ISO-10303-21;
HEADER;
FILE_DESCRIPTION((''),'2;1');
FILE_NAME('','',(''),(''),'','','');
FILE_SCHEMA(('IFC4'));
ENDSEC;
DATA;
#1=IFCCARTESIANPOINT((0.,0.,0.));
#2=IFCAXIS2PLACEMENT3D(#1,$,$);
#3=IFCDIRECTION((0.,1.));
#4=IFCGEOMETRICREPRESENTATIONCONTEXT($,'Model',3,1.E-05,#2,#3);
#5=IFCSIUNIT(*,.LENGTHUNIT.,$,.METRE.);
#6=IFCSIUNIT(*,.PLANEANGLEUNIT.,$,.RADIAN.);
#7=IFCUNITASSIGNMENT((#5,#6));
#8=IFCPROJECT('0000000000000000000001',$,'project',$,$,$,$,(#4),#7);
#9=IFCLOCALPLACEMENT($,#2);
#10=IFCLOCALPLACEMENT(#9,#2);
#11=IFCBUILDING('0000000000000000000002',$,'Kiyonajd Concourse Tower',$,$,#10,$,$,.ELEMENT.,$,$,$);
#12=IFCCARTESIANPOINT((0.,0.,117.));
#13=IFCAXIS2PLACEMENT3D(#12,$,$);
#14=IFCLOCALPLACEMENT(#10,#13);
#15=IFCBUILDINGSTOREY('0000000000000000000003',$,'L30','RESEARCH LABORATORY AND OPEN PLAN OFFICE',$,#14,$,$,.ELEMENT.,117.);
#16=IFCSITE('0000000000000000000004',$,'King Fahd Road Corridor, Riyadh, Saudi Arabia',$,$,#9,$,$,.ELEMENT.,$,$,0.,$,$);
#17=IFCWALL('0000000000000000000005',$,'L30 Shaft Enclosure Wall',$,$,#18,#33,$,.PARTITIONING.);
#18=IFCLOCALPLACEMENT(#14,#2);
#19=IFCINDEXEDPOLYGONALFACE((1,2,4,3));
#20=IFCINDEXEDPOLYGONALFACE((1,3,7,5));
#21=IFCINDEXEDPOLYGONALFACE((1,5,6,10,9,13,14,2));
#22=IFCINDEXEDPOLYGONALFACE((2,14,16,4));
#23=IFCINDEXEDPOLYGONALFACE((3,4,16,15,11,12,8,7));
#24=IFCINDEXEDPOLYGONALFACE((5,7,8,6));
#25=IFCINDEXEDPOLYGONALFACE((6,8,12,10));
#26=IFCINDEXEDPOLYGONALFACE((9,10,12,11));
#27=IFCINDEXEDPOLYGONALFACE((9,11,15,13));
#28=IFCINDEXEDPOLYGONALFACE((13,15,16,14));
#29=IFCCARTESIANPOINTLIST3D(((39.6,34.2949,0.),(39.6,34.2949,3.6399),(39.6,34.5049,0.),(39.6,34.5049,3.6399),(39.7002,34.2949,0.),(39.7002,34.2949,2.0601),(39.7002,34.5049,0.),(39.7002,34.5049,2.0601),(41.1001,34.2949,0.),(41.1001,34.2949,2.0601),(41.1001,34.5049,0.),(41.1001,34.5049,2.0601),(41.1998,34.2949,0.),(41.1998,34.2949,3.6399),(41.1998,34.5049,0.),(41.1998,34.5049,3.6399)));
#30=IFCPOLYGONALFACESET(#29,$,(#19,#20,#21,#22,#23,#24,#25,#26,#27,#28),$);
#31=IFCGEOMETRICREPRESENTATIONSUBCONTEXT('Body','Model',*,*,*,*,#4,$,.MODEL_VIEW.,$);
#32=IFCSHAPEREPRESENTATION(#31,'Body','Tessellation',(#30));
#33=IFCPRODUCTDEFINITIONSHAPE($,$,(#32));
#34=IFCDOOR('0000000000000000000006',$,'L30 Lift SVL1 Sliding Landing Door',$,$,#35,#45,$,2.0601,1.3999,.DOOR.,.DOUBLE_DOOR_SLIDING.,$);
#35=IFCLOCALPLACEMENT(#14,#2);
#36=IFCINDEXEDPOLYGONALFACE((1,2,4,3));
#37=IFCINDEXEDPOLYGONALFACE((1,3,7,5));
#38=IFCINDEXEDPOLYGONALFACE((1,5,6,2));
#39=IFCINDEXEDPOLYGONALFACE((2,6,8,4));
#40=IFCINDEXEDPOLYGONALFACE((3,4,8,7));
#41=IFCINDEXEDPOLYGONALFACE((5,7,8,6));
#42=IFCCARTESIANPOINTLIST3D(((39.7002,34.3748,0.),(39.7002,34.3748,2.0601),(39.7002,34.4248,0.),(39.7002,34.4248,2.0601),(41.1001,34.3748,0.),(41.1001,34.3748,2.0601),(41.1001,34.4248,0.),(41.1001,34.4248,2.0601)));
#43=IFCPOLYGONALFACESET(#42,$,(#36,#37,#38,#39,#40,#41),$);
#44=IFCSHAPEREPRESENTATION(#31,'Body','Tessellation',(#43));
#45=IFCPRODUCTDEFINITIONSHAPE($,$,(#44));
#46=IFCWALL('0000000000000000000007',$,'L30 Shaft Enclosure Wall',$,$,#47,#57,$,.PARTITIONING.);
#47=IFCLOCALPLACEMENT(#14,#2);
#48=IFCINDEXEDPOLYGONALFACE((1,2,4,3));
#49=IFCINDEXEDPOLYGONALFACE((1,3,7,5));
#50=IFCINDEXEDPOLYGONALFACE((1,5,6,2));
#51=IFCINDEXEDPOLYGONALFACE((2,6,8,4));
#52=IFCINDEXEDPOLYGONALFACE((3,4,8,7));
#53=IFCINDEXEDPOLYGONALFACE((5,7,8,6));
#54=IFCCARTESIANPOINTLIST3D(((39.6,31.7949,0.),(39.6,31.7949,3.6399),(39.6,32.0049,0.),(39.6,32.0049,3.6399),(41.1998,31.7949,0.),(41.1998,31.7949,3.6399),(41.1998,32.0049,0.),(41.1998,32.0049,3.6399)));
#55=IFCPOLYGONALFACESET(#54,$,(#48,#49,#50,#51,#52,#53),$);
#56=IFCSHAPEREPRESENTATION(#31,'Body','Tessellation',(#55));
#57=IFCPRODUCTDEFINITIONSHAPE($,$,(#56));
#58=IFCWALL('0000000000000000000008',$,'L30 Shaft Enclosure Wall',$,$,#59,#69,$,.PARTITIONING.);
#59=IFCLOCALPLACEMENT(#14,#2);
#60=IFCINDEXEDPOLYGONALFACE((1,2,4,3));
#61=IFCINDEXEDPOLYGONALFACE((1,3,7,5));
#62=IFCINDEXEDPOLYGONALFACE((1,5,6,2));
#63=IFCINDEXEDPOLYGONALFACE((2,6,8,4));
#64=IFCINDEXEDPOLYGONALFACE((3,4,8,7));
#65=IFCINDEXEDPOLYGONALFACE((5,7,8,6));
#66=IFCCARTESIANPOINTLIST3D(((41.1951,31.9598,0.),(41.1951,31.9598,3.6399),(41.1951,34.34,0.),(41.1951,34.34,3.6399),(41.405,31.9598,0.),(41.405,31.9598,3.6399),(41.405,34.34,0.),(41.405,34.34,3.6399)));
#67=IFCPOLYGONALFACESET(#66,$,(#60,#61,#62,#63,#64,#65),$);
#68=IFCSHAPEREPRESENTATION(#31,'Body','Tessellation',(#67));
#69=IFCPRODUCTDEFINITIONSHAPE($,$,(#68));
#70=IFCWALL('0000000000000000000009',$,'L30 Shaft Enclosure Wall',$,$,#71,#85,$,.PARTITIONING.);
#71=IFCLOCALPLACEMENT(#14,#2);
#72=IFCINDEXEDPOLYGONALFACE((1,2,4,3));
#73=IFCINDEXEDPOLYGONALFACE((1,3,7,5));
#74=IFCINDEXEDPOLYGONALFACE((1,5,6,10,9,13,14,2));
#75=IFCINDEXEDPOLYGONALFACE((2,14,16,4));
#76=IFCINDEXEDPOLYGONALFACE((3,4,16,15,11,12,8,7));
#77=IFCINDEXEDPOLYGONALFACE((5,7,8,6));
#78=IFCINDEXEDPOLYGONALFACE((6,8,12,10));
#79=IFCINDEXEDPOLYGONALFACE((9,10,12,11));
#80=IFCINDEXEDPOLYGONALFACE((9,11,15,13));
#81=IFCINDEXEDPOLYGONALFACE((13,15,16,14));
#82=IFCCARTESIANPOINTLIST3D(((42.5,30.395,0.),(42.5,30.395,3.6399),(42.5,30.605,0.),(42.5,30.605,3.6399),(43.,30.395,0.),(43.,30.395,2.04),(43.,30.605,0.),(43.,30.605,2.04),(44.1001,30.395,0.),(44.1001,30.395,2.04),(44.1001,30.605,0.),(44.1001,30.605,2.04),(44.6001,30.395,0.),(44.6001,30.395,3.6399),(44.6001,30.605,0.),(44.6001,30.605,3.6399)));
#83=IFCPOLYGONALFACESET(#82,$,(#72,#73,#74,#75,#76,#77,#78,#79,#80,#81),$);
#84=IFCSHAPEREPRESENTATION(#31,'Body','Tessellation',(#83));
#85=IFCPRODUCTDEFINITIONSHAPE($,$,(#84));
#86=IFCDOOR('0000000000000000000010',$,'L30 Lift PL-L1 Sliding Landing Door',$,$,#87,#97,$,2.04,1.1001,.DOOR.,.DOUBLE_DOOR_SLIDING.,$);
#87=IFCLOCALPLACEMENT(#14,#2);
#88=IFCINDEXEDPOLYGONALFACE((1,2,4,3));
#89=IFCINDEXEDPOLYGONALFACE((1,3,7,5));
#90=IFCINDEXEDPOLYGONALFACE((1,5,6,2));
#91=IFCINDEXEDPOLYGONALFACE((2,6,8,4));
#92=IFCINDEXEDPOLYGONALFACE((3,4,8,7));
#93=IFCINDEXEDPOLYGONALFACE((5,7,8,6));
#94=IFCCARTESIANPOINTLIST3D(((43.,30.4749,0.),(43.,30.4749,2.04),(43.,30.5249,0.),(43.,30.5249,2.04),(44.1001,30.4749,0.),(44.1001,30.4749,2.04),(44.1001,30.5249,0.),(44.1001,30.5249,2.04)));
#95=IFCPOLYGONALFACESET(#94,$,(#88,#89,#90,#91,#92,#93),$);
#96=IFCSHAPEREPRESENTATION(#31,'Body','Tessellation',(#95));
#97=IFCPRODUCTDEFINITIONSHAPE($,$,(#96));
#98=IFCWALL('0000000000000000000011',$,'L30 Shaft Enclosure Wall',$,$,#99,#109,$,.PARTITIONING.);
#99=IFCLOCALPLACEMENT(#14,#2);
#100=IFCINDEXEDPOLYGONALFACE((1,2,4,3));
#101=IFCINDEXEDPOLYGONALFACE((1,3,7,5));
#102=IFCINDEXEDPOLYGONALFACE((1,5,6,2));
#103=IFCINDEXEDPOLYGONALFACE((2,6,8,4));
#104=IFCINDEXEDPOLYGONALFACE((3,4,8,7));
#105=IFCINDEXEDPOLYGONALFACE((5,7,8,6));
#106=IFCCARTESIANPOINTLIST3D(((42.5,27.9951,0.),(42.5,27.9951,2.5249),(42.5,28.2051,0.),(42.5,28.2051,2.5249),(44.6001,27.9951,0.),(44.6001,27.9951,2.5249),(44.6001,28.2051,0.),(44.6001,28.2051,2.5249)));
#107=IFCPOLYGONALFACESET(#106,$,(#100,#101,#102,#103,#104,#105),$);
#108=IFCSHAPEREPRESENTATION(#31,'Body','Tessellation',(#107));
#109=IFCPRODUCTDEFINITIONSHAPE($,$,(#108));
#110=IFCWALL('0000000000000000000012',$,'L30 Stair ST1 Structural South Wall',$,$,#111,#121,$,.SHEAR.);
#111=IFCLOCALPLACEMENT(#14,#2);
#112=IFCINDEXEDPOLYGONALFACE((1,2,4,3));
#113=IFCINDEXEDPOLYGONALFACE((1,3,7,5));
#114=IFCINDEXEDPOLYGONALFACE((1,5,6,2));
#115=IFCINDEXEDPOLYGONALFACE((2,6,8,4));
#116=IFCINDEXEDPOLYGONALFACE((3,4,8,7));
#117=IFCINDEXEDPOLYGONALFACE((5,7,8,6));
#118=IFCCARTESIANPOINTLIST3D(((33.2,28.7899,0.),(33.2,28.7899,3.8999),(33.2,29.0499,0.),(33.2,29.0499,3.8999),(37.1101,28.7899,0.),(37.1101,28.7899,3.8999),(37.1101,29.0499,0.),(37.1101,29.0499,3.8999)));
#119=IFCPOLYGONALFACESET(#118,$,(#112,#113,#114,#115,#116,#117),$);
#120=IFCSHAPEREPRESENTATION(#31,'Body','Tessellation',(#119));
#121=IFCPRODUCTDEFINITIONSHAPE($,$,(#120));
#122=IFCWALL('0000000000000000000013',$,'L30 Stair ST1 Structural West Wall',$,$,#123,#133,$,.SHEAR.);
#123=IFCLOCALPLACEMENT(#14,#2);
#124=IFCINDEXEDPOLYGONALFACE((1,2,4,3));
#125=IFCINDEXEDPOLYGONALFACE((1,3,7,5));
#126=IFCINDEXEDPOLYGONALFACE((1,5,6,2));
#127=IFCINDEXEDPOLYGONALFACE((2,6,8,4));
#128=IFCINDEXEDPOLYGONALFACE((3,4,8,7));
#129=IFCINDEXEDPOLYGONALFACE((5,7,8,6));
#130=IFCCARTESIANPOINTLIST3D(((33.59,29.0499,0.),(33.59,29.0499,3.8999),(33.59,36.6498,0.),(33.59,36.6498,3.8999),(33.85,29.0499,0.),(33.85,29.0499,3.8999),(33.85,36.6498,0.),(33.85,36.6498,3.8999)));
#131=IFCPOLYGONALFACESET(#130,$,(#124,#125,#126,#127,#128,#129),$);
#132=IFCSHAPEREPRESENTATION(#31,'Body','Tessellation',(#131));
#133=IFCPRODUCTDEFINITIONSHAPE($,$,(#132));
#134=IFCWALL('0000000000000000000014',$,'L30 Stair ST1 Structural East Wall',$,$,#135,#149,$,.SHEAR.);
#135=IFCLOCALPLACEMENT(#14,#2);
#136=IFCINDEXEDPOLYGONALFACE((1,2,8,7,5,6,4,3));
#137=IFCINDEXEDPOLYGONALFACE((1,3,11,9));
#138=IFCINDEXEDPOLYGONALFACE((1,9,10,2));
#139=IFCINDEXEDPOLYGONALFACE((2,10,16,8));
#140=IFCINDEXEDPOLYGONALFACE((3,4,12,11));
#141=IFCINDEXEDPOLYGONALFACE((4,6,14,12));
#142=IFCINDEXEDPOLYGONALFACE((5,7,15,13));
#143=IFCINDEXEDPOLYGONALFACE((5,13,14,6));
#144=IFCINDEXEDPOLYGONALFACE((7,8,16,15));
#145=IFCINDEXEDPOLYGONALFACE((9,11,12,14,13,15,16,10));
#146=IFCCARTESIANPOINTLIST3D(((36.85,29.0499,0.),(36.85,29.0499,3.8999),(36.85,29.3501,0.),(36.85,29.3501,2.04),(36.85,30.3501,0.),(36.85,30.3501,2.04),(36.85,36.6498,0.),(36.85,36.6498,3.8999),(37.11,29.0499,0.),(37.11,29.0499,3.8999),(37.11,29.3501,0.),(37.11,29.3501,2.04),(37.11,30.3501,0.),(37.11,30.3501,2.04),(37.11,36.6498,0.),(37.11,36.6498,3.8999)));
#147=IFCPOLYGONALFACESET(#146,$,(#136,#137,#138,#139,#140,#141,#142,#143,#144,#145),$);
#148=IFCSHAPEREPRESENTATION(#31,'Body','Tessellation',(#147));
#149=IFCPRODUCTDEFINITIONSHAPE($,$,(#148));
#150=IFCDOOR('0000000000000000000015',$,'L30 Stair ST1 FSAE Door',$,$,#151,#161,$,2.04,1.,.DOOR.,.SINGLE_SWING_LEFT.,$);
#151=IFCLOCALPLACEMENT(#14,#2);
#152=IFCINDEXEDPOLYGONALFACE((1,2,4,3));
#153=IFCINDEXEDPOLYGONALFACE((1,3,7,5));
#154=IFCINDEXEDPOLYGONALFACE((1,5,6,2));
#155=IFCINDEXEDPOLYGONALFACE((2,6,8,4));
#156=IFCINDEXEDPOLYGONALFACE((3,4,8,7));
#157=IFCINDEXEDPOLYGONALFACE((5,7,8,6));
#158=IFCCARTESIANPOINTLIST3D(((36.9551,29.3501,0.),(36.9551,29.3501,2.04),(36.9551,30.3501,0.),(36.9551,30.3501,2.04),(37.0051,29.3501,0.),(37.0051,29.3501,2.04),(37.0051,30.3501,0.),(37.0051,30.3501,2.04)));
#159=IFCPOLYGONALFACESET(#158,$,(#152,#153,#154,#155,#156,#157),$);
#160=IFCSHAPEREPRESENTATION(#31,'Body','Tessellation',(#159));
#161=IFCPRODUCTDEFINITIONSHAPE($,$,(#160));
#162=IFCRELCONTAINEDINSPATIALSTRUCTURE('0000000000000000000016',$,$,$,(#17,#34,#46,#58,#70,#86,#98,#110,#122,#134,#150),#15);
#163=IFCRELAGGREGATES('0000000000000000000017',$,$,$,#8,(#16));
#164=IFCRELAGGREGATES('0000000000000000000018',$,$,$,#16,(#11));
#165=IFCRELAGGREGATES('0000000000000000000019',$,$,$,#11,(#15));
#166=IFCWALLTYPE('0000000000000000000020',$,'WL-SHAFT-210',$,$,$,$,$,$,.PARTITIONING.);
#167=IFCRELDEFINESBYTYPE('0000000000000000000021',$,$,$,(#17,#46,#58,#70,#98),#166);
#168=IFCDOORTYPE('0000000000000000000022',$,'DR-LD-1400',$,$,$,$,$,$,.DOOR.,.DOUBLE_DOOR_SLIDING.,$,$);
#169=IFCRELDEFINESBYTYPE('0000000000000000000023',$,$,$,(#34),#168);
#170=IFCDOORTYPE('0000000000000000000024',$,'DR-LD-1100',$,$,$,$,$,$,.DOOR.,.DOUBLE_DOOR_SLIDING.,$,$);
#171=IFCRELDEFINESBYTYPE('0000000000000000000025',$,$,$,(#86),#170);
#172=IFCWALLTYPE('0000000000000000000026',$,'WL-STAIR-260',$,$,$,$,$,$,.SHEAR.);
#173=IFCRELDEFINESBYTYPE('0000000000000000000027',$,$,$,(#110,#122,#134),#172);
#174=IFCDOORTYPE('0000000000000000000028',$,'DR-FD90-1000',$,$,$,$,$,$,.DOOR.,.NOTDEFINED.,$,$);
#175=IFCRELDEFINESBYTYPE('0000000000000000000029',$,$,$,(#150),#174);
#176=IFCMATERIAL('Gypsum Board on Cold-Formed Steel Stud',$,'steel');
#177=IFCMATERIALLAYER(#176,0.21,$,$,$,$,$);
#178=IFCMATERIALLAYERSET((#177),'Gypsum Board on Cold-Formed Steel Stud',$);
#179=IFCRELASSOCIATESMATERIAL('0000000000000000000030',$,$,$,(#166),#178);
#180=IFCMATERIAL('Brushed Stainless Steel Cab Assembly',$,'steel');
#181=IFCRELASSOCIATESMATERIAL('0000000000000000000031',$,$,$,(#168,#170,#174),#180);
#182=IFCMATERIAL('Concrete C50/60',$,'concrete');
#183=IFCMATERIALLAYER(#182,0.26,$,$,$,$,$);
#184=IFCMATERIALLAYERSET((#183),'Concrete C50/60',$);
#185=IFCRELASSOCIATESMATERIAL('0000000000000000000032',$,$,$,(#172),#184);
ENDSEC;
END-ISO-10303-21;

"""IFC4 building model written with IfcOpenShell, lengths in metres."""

from ifc_helpers import new_model, si_unit, direction, frame, frame_2d, origin, place, context, subcontext, project, spatial, rectangle, extrude, material, layer, layer_set, type_object, element, fill, save


model = new_model("IFC4")

# Units and contexts
model_context = context("Model", 3, precision=1e-05, world=origin(), true_north=direction((0.0, 1.0)))
body_context = subcontext(model_context, "Body", "Model", "MODEL_VIEW")
ifc_project = project(units=[si_unit("LENGTHUNIT", "METRE"), si_unit("PLANEANGLEUNIT", "RADIAN")], contexts=[model_context])

# Site, building, storey
site_placement = place(None, origin())
site = spatial("IfcSite", under=ifc_project, at=site_placement, Name="King Fahd Road Corridor, Riyadh, Saudi Arabia", CompositionType="ELEMENT", RefElevation=0.0)
building_placement = place(site_placement, origin())
building = spatial("IfcBuilding", under=site, at=building_placement, Name="Kiyonajd Concourse Tower", CompositionType="ELEMENT")
storey_placement = place(building_placement, frame((0.0, 0.0, 117.0)))
storey = spatial("IfcBuildingStorey", under=building, at=storey_placement, Name="L30", Description="RESEARCH LABORATORY AND OPEN PLAN OFFICE", CompositionType="ELEMENT", Elevation=117.0)

# Shared definitions
ifc_material_1 = material(Name="Concrete C50/60", Category="concrete")

# Shared definitions
ifc_material_2 = material(Name="Brushed Stainless Steel Cab Assembly", Category="steel")
ifc_material_3 = material(Name="Gypsum Board on Cold-Formed Steel Stud", Category="steel")
ifc_layer_1 = layer(ifc_material_3, 0.21)
ifc_layer_set_1 = layer_set([ifc_layer_1], Name="Gypsum Board on Cold-Formed Steel Stud")
wall_type_1 = type_object("IfcWallType", Name="WL-SHAFT-210", PredefinedType="PARTITIONING", material=ifc_layer_set_1)

# Wall, opening, door
wall_1_placement = place(storey_placement, frame((39.6001, 34.3999, 0.0), z_axis=(0.0, 0.0, 1.0), x_axis=(1.0, 0.0, 0.0)))
wall_1 = element("IfcWall", 1, at=wall_1_placement, inside=storey, type_object=wall_type_1, Name="L30 Shaft Enclosure Wall", PredefinedType="PARTITIONING", context=body_context, shape_type="SweptSolid", body=[
    extrude(rectangle(XDim=1.5999, YDim=0.21, at=frame_2d((0.7998, 0.0))), origin(), (0.0, 0.0, 1.0), 3.6399),
])
opening_1_placement = place(wall_1_placement, frame((0.1001, 0.0, 0.0)))
opening_1 = element("IfcOpeningElement", 2, at=opening_1_placement, cuts=wall_1, PredefinedType="OPENING", context=body_context, shape_type="SweptSolid", body=[
    extrude(rectangle(XDim=1.3999, YDim=2.0601, at=frame_2d((0.7, 1.03))), frame((0.0, 0.115, 0.0), z_axis=(0.0, -1.0, 0.0), x_axis=(1.0, 0.0, 0.0)), (0.0, 0.0, 1.0), 0.23),
])
door_type_1 = type_object("IfcDoorType", Name="DR-LD-1400", OperationType="DOUBLE_DOOR_SLIDING", PredefinedType="DOOR", material=ifc_material_2)
door_1_placement = place(opening_1_placement, origin())
door_1 = element("IfcDoor", 3, at=door_1_placement, inside=storey, type_object=door_type_1, Name="L30 Lift SVL1 Sliding Landing Door", OperationType="DOUBLE_DOOR_SLIDING", OverallHeight=2.0601, OverallWidth=1.3999, PredefinedType="DOOR", context=body_context, shape_type="SweptSolid", body=[
    extrude(rectangle(XDim=1.3999, YDim=2.0601, at=frame_2d((0.7, 1.03))), frame((0.0, 0.0249, 0.0), z_axis=(0.0, -1.0, 0.0), x_axis=(1.0, 0.0, 0.0)), (0.0, 0.0, 1.0), 0.05),
])
fill(opening_1, door_1)

# Walls
wall_2_placement = place(storey_placement, frame((39.6001, 31.8999, 0.0), z_axis=(0.0, 0.0, 1.0), x_axis=(1.0, 0.0, 0.0)))
element("IfcWall", 4, at=wall_2_placement, inside=storey, type_object=wall_type_1, Name="L30 Shaft Enclosure Wall", PredefinedType="PARTITIONING", context=body_context, shape_type="SweptSolid", body=[
    extrude(rectangle(XDim=1.5999, YDim=0.21, at=frame_2d((0.7998, 0.0))), origin(), (0.0, 0.0, 1.0), 3.6399),
])
wall_3_placement = place(storey_placement, frame((41.3, 31.96, 0.0), z_axis=(0.0, 0.0, 1.0), x_axis=(0.0, 1.0, 0.0)))
element("IfcWall", 5, at=wall_3_placement, inside=storey, type_object=wall_type_1, Name="L30 Shaft Enclosure Wall", PredefinedType="PARTITIONING", context=body_context, shape_type="SweptSolid", body=[
    extrude(rectangle(XDim=2.3801, YDim=0.21, at=frame_2d((1.1899, 0.0))), origin(), (0.0, 0.0, 1.0), 3.6399),
])

# Wall, opening, door
wall_4_placement = place(storey_placement, frame((42.5, 30.5, 0.0), z_axis=(0.0, 0.0, 1.0), x_axis=(1.0, 0.0, 0.0)))
wall_4 = element("IfcWall", 6, at=wall_4_placement, inside=storey, type_object=wall_type_1, Name="L30 Shaft Enclosure Wall", PredefinedType="PARTITIONING", context=body_context, shape_type="SweptSolid", body=[
    extrude(rectangle(XDim=2.1001, YDim=0.21, at=frame_2d((1.05, 0.0))), origin(), (0.0, 0.0, 1.0), 3.6399),
])
opening_2_placement = place(wall_4_placement, frame((0.5, 0.0, 0.0)))
opening_2 = element("IfcOpeningElement", 7, at=opening_2_placement, cuts=wall_4, PredefinedType="OPENING", context=body_context, shape_type="SweptSolid", body=[
    extrude(rectangle(XDim=1.1001, YDim=2.04, at=frame_2d((0.55, 1.02))), frame((0.0, 0.115, 0.0), z_axis=(0.0, -1.0, 0.0), x_axis=(1.0, 0.0, 0.0)), (0.0, 0.0, 1.0), 0.23),
])
door_type_2 = type_object("IfcDoorType", Name="DR-LD-1100", OperationType="DOUBLE_DOOR_SLIDING", PredefinedType="DOOR", material=ifc_material_2)
door_2_placement = place(opening_2_placement, origin())
door_2 = element("IfcDoor", 8, at=door_2_placement, inside=storey, type_object=door_type_2, Name="L30 Lift PL-L1 Sliding Landing Door", OperationType="DOUBLE_DOOR_SLIDING", OverallHeight=2.04, OverallWidth=1.1001, PredefinedType="DOOR", context=body_context, shape_type="SweptSolid", body=[
    extrude(rectangle(XDim=1.1001, YDim=2.04, at=frame_2d((0.55, 1.02))), frame((0.0, 0.0249, 0.0), z_axis=(0.0, -1.0, 0.0), x_axis=(1.0, 0.0, 0.0)), (0.0, 0.0, 1.0), 0.05),
])
fill(opening_2, door_2)

# Walls
wall_5_placement = place(storey_placement, frame((42.5, 28.1001, 0.0), z_axis=(0.0, 0.0, 1.0), x_axis=(1.0, 0.0, 0.0)))
element("IfcWall", 9, at=wall_5_placement, inside=storey, type_object=wall_type_1, Name="L30 Shaft Enclosure Wall", PredefinedType="PARTITIONING", context=body_context, shape_type="SweptSolid", body=[
    extrude(rectangle(XDim=2.1001, YDim=0.21, at=frame_2d((1.05, 0.0))), origin(), (0.0, 0.0, 1.0), 2.5249),
])
ifc_layer_2 = layer(ifc_material_1, 0.26)
ifc_layer_set_2 = layer_set([ifc_layer_2], Name="Concrete C50/60")
wall_type_2 = type_object("IfcWallType", Name="WL-STAIR-260", PredefinedType="SHEAR", material=ifc_layer_set_2)
wall_6_placement = place(storey_placement, frame((33.2, 28.9199, 0.0), z_axis=(0.0, 0.0, 1.0), x_axis=(1.0, 0.0, 0.0)))
element("IfcWall", 10, at=wall_6_placement, inside=storey, type_object=wall_type_2, Name="L30 Stair ST1 Structural South Wall", PredefinedType="SHEAR", context=body_context, shape_type="SweptSolid", body=[
    extrude(rectangle(XDim=3.9102, YDim=0.26, at=frame_2d((1.9551, 0.0))), origin(), (0.0, 0.0, 1.0), 3.8999),
])
wall_7_placement = place(storey_placement, frame((33.72, 29.05, 0.0), z_axis=(0.0, 0.0, 1.0), x_axis=(0.0, 1.0, 0.0)))
element("IfcWall", 11, at=wall_7_placement, inside=storey, type_object=wall_type_2, Name="L30 Stair ST1 Structural West Wall", PredefinedType="SHEAR", context=body_context, shape_type="SweptSolid", body=[
    extrude(rectangle(XDim=7.5999, YDim=0.26, at=frame_2d((3.7998, 0.0))), origin(), (0.0, 0.0, 1.0), 3.8999),
])

# Wall, opening, door
wall_8_placement = place(storey_placement, frame((36.98, 29.05, 0.0), z_axis=(0.0, 0.0, 1.0), x_axis=(0.0, 1.0, 0.0)))
wall_8 = element("IfcWall", 12, at=wall_8_placement, inside=storey, type_object=wall_type_2, Name="L30 Stair ST1 Structural East Wall", PredefinedType="SHEAR", context=body_context, shape_type="SweptSolid", body=[
    extrude(rectangle(XDim=7.5999, YDim=0.26, at=frame_2d((3.7998, 0.0))), origin(), (0.0, 0.0, 1.0), 3.8999),
])
opening_3_placement = place(wall_8_placement, frame((0.3, 0.0, 0.0)))
opening_3 = element("IfcOpeningElement", 13, at=opening_3_placement, cuts=wall_8, PredefinedType="OPENING", context=body_context, shape_type="SweptSolid", body=[
    extrude(rectangle(XDim=1.0, YDim=2.04, at=frame_2d((0.5, 1.02))), frame((0.0, 0.1399, 0.0), z_axis=(0.0, -1.0, 0.0), x_axis=(1.0, 0.0, 0.0)), (0.0, 0.0, 1.0), 0.28),
])
door_type_3 = type_object("IfcDoorType", Name="DR-FD90-1000", OperationType="NOTDEFINED", PredefinedType="DOOR", material=ifc_material_2)
door_3_placement = place(opening_3_placement, origin())
door_3 = element("IfcDoor", 14, at=door_3_placement, inside=storey, type_object=door_type_3, Name="L30 Stair ST1 FSAE Door", OperationType="SINGLE_SWING_LEFT", OverallHeight=2.04, OverallWidth=1.0, PredefinedType="DOOR", context=body_context, shape_type="SweptSolid", body=[
    extrude(rectangle(XDim=1.0, YDim=2.04, at=frame_2d((0.5, 1.02))), frame((0.0, 0.0249, 0.0), z_axis=(0.0, -1.0, 0.0), x_axis=(1.0, 0.0, 0.0)), (0.0, 0.0, 1.0), 0.05),
])
fill(opening_3, door_3)

save(model, "model.ifc")
